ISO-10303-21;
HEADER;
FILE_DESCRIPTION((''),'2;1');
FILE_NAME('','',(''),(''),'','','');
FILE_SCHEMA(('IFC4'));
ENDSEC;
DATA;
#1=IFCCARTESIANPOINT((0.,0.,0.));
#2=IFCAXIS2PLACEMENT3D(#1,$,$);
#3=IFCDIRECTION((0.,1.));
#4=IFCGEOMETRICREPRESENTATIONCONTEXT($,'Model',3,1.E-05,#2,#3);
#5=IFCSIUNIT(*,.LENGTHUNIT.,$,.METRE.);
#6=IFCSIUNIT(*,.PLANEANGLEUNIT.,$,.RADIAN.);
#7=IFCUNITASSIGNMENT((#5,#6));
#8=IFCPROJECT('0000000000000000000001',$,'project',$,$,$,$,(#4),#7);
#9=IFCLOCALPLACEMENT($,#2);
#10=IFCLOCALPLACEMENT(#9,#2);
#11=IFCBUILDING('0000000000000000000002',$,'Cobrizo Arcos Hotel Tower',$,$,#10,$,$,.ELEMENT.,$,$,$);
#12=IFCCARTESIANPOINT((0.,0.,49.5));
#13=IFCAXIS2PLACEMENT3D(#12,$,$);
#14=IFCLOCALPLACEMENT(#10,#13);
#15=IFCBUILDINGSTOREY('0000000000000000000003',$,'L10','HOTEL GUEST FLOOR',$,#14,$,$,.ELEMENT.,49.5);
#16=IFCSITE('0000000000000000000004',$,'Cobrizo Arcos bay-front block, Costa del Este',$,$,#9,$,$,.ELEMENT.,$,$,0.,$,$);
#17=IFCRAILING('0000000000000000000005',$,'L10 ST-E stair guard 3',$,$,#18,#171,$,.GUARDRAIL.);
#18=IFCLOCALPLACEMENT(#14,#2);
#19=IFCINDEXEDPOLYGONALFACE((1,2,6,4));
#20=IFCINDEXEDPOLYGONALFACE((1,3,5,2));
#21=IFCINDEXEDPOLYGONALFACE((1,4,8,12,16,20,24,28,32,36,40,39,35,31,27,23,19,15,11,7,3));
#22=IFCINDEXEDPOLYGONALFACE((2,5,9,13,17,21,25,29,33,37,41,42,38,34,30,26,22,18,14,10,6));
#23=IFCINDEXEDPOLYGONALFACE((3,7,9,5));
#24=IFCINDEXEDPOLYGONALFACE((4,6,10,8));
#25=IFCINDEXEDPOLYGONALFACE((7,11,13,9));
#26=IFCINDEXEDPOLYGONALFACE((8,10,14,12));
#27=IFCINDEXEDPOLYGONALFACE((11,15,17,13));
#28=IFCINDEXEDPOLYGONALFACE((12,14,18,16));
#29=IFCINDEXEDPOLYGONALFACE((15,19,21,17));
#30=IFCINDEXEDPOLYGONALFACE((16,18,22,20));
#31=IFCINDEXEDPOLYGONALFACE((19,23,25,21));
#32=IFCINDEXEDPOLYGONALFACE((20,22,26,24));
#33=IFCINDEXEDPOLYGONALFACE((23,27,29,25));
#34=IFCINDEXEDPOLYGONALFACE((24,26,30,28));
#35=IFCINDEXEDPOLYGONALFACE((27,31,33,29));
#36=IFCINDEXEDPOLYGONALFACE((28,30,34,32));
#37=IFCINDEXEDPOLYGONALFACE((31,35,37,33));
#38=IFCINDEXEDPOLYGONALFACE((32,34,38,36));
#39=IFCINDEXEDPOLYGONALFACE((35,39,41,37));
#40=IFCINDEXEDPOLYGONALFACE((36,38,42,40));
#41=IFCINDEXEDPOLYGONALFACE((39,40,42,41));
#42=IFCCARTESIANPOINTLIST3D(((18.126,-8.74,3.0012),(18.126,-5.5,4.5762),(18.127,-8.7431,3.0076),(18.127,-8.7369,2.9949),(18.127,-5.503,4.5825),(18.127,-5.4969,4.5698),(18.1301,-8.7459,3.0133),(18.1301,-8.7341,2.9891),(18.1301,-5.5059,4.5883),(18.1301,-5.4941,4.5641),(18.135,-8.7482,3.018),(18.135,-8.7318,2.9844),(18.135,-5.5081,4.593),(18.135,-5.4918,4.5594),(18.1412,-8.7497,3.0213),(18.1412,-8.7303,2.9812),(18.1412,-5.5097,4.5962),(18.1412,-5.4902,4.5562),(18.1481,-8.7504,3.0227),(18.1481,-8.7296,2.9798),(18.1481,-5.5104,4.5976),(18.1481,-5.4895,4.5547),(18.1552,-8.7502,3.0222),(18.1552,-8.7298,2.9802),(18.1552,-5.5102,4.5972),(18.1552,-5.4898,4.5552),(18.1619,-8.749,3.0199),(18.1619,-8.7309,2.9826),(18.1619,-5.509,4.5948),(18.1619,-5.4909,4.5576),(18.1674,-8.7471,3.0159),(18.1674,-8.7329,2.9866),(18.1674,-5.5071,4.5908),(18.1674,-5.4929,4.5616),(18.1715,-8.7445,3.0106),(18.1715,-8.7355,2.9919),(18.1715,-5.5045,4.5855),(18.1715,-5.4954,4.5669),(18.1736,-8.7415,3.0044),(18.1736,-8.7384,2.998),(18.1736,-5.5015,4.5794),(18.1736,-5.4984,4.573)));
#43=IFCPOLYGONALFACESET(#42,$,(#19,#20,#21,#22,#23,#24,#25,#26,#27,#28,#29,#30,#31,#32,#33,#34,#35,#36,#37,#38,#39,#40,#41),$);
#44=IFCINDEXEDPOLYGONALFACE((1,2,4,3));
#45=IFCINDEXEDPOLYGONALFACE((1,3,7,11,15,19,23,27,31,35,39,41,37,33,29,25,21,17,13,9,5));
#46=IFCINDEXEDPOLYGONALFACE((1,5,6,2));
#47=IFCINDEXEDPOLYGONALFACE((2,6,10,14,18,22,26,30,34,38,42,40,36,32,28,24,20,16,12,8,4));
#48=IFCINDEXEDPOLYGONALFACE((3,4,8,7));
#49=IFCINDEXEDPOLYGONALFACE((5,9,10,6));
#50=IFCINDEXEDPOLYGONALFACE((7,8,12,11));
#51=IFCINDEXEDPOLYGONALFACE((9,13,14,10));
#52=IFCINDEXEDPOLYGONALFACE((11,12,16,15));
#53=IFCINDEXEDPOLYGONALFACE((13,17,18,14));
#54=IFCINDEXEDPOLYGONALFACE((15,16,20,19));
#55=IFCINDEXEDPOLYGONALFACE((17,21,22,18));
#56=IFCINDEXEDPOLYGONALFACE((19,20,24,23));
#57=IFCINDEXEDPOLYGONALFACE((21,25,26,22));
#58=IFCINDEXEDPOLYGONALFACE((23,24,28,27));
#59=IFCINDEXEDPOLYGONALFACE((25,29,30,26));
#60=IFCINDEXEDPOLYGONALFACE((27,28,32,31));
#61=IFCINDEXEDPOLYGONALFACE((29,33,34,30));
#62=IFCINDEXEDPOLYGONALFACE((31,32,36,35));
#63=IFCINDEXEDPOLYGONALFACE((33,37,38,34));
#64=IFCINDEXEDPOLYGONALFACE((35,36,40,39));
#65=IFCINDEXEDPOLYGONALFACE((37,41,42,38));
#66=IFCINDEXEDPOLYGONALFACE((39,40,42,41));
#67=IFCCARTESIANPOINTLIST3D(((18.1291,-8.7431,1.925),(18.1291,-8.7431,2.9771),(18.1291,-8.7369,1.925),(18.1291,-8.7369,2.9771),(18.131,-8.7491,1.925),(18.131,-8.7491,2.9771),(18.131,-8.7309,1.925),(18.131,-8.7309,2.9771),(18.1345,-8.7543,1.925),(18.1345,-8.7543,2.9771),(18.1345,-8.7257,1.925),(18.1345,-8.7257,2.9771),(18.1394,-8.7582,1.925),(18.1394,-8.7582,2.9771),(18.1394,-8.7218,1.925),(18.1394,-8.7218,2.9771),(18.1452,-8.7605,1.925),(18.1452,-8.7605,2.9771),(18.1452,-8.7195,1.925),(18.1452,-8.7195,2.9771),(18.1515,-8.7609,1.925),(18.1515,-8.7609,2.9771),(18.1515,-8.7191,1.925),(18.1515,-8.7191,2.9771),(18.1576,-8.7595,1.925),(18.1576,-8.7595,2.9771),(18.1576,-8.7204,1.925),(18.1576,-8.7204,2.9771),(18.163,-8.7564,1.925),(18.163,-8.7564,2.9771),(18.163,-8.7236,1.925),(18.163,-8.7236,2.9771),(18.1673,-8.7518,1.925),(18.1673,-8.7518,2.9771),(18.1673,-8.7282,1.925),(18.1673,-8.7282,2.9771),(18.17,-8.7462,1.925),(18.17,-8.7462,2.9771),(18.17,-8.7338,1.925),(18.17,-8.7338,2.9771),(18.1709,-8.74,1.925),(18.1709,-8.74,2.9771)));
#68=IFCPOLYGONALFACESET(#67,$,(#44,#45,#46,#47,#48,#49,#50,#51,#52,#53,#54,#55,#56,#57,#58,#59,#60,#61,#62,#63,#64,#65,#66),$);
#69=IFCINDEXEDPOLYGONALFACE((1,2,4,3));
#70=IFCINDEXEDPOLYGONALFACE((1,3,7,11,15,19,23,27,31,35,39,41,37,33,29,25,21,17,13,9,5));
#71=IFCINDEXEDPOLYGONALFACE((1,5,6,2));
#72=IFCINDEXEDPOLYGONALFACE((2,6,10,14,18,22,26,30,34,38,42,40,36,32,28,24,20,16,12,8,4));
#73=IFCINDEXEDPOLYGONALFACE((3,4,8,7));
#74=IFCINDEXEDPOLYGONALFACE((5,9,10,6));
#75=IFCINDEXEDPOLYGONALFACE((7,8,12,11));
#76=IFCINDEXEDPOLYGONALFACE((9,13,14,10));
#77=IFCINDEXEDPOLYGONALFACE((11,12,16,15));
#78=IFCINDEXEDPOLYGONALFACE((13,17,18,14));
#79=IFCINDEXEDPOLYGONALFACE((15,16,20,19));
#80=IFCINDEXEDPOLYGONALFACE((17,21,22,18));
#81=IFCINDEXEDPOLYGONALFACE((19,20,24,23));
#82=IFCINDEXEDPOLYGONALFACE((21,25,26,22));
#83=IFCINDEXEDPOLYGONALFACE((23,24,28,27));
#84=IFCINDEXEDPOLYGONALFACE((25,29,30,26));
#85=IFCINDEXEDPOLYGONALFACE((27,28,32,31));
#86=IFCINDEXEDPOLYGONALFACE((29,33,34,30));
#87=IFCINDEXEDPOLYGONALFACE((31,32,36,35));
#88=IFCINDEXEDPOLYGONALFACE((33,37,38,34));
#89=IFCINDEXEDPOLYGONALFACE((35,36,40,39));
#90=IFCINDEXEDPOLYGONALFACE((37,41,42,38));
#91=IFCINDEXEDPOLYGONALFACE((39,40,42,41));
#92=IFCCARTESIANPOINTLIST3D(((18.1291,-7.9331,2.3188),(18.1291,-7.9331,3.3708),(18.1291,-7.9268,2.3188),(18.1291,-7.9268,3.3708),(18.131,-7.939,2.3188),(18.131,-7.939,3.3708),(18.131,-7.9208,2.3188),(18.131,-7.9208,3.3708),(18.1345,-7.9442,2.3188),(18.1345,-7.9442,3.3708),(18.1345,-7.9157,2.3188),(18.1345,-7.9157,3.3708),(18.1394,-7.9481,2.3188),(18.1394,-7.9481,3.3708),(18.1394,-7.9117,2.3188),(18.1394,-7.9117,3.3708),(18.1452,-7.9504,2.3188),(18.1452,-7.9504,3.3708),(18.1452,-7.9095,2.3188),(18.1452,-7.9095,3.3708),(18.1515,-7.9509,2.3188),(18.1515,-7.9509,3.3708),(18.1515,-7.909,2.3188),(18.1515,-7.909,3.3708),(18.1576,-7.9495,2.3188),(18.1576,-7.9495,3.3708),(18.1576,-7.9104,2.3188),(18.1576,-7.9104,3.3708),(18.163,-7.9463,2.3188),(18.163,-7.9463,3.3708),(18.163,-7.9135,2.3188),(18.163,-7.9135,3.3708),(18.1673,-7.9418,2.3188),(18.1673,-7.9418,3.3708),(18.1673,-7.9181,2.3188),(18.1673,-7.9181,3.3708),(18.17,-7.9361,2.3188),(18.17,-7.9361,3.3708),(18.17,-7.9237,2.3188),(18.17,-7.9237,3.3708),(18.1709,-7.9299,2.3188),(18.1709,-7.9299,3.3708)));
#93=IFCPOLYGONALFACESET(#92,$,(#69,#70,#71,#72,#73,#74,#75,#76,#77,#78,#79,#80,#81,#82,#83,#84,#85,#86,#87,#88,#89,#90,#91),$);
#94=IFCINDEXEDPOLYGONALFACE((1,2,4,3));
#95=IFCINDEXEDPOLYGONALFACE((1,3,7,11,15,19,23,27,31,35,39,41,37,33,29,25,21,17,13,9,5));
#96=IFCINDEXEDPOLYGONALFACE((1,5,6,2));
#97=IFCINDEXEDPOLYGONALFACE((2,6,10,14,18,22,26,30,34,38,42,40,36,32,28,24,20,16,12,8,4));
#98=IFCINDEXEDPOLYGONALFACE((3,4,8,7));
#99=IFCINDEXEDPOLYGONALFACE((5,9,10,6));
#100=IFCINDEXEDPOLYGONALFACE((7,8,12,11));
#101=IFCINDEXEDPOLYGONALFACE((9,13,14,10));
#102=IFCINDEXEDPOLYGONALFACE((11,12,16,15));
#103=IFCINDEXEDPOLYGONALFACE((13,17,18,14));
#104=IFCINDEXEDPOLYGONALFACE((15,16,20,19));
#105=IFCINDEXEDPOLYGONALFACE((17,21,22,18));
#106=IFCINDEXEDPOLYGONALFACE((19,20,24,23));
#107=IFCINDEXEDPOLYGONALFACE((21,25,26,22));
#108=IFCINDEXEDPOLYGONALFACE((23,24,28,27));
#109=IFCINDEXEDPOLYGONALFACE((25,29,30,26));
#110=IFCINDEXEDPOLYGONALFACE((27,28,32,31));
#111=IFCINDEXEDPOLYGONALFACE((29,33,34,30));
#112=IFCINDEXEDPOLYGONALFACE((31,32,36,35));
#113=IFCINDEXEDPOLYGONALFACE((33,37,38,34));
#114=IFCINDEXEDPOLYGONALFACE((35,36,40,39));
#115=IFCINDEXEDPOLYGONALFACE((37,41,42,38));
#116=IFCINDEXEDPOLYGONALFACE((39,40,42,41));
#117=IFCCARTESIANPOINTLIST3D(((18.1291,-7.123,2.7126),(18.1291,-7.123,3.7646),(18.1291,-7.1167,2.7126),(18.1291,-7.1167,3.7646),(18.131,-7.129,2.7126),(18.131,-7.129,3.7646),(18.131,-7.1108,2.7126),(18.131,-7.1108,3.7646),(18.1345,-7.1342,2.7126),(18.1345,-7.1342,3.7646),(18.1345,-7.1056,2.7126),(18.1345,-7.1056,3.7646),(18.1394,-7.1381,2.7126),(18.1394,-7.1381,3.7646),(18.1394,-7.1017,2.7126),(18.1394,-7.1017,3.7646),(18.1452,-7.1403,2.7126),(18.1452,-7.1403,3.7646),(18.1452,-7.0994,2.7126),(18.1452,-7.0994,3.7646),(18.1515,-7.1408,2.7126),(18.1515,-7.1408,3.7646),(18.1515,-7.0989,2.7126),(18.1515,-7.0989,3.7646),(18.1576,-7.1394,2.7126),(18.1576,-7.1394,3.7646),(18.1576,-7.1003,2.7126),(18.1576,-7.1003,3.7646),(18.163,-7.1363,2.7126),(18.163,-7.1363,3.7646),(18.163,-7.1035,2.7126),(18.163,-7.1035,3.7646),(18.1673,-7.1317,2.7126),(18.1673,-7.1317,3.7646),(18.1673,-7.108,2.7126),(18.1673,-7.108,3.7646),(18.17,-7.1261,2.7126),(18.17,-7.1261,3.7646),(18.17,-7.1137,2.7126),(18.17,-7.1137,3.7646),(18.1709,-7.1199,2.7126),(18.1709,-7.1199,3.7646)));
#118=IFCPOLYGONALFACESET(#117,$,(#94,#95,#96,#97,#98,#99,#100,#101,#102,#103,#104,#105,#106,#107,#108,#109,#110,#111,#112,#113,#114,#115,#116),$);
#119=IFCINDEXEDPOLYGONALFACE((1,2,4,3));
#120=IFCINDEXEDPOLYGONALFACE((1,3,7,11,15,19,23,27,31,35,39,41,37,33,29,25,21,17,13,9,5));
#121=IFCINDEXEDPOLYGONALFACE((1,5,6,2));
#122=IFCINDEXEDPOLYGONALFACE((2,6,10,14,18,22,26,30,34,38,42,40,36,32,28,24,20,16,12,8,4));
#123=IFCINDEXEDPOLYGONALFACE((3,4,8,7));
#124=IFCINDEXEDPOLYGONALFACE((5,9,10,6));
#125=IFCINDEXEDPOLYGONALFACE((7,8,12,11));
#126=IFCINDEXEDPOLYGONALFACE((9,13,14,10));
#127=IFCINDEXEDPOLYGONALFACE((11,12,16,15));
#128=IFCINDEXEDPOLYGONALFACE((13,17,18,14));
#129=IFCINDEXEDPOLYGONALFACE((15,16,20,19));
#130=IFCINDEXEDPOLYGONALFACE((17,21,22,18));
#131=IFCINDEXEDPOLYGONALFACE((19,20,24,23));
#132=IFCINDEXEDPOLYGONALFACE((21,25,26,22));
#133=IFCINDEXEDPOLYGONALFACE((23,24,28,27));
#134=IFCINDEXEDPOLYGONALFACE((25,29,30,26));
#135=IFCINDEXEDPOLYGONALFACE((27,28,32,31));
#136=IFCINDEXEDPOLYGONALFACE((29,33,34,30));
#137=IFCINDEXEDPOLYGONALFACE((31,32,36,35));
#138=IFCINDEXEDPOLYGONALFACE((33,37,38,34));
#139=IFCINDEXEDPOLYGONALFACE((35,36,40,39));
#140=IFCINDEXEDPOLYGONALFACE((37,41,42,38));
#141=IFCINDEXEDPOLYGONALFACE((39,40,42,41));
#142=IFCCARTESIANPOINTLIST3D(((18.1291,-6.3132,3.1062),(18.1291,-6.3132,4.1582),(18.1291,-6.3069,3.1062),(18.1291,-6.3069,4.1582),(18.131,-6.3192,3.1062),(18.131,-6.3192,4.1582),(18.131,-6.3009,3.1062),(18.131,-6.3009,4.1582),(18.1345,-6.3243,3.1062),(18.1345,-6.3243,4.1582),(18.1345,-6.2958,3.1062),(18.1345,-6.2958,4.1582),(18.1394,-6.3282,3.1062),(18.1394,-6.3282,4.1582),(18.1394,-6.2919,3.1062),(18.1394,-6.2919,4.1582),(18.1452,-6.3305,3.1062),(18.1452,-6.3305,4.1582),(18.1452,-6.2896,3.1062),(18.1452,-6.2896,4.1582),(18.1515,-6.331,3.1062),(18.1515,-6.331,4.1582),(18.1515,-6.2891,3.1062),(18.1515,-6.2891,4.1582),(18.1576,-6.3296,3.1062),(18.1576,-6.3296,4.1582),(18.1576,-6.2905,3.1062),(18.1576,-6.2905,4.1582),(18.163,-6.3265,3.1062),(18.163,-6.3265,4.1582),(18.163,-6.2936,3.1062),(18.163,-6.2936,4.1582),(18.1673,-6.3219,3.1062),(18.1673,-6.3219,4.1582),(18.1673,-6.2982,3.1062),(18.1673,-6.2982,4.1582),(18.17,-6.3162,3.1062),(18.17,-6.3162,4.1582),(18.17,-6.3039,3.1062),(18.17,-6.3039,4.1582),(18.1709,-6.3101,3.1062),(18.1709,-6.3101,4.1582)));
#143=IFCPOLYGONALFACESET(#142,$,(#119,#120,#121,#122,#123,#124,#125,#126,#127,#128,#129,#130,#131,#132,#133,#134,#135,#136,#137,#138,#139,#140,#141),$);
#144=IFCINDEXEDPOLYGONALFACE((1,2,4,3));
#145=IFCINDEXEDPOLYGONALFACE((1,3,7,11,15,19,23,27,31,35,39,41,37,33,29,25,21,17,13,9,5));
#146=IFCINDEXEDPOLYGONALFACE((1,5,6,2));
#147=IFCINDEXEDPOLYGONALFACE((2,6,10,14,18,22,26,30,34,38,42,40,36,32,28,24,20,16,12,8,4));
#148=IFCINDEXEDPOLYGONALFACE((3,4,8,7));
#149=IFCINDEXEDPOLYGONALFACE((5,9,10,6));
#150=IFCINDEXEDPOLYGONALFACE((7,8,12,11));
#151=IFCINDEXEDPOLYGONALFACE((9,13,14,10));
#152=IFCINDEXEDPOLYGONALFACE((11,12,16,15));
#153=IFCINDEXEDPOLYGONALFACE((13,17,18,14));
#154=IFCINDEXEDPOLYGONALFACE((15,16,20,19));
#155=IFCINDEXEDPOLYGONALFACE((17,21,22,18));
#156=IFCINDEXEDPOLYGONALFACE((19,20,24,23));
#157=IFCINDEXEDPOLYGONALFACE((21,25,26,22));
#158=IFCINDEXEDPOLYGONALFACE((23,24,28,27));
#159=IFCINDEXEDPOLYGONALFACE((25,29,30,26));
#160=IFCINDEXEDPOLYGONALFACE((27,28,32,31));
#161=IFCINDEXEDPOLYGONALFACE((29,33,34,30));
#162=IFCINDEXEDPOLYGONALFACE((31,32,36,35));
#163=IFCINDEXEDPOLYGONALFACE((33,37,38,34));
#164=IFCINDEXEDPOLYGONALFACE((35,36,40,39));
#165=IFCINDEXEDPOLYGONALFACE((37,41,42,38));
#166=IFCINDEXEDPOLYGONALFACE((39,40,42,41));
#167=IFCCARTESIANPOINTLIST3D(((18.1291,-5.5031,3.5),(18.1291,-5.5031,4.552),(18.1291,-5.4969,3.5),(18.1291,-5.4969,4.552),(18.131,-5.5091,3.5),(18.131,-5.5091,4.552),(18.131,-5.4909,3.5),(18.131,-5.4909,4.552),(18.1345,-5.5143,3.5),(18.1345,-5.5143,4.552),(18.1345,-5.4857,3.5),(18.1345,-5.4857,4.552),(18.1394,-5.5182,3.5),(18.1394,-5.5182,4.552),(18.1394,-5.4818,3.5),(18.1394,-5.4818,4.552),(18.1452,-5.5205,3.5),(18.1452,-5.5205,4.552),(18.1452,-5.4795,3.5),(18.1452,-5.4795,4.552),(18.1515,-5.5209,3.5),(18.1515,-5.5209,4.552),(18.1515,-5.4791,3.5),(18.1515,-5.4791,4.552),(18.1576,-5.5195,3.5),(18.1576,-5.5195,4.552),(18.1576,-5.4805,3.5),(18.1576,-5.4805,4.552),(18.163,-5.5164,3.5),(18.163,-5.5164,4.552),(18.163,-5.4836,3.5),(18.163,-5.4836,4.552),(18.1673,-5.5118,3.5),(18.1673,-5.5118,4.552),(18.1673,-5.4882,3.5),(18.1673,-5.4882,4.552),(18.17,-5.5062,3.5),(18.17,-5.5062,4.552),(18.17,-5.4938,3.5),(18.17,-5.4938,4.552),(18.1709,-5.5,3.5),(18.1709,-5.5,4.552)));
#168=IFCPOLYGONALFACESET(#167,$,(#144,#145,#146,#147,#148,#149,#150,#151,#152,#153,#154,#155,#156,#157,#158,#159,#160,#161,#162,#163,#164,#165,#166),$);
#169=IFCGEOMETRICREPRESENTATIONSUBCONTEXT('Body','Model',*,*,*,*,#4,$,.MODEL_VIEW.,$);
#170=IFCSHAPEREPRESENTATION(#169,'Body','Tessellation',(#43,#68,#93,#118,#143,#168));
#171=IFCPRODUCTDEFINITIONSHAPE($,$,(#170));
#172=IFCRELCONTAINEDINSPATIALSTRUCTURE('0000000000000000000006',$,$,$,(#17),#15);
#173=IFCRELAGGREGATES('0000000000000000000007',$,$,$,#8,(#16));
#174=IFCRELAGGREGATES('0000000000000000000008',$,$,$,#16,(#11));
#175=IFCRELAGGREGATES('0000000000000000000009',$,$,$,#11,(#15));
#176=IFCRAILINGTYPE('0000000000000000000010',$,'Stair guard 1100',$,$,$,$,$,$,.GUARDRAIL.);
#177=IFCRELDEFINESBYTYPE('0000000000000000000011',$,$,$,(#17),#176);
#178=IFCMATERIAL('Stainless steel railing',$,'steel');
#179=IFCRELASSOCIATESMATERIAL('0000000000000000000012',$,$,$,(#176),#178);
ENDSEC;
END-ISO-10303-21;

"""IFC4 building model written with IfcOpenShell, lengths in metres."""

from ifc_helpers import new_model, si_unit, direction, frame, origin, origin_2d, place, context, subcontext, project, spatial, circle, extrude, material, type_object, element, save


model = new_model("IFC4")

# Units and contexts
model_context = context("Model", 3, precision=1e-05, world=origin(), true_north=direction((0.0, 1.0)))
body_context = subcontext(model_context, "Body", "Model", "MODEL_VIEW")
ifc_project = project(units=[si_unit("LENGTHUNIT", "METRE"), si_unit("PLANEANGLEUNIT", "RADIAN")], contexts=[model_context])

# Site, building, storey
site_placement = place(None, origin())
site = spatial("IfcSite", under=ifc_project, at=site_placement, Name="Cobrizo Arcos bay-front block, Costa del Este", CompositionType="ELEMENT", RefElevation=0.0)
building_placement = place(site_placement, origin())
building = spatial("IfcBuilding", under=site, at=building_placement, Name="Cobrizo Arcos Hotel Tower", CompositionType="ELEMENT")
storey_placement = place(building_placement, frame((0.0, 0.0, 49.5)))
storey = spatial("IfcBuildingStorey", under=building, at=storey_placement, Name="L10", Description="HOTEL GUEST FLOOR", CompositionType="ELEMENT", Elevation=49.5)

# Railing
ifc_material_1 = material(Name="Stainless steel railing", Category="steel")
railing_type_1 = type_object("IfcRailingType", Name="Stair guard 1100", PredefinedType="GUARDRAIL", material=ifc_material_1)
railing_1_placement = place(storey_placement, frame((18.1499, -8.74, 1.925)))
element("IfcRailing", 1, at=railing_1_placement, inside=storey, type_object=railing_type_1, Name="L10 ST-E stair guard 3", PredefinedType="GUARDRAIL", context=body_context, shape_type="SweptSolid", body=[
    extrude(circle(Radius=0.0239, at=origin_2d()), frame((0.0, 0.0, 1.0762), z_axis=(0.0, 0.899373, 0.437183), x_axis=(-1.0, 0.0, 0.0)), (0.0, 0.0, 1.0), 3.6025),
    extrude(circle(Radius=0.021, at=origin_2d()), origin(), (0.0, 0.0, 1.0), 1.052),
    extrude(circle(Radius=0.021, at=origin_2d()), frame((0.0, 0.8101, 0.3938)), (0.0, 0.0, 1.0), 1.052),
    extrude(circle(Radius=0.021, at=origin_2d()), frame((0.0, 1.6201, 0.7876)), (0.0, 0.0, 1.0), 1.052),
    extrude(circle(Radius=0.021, at=origin_2d()), frame((0.0, 2.4299, 1.1812)), (0.0, 0.0, 1.0), 1.052),
    extrude(circle(Radius=0.021, at=origin_2d()), frame((0.0, 3.24, 1.575)), (0.0, 0.0, 1.0), 1.052),
])

save(model, "model.ifc")
